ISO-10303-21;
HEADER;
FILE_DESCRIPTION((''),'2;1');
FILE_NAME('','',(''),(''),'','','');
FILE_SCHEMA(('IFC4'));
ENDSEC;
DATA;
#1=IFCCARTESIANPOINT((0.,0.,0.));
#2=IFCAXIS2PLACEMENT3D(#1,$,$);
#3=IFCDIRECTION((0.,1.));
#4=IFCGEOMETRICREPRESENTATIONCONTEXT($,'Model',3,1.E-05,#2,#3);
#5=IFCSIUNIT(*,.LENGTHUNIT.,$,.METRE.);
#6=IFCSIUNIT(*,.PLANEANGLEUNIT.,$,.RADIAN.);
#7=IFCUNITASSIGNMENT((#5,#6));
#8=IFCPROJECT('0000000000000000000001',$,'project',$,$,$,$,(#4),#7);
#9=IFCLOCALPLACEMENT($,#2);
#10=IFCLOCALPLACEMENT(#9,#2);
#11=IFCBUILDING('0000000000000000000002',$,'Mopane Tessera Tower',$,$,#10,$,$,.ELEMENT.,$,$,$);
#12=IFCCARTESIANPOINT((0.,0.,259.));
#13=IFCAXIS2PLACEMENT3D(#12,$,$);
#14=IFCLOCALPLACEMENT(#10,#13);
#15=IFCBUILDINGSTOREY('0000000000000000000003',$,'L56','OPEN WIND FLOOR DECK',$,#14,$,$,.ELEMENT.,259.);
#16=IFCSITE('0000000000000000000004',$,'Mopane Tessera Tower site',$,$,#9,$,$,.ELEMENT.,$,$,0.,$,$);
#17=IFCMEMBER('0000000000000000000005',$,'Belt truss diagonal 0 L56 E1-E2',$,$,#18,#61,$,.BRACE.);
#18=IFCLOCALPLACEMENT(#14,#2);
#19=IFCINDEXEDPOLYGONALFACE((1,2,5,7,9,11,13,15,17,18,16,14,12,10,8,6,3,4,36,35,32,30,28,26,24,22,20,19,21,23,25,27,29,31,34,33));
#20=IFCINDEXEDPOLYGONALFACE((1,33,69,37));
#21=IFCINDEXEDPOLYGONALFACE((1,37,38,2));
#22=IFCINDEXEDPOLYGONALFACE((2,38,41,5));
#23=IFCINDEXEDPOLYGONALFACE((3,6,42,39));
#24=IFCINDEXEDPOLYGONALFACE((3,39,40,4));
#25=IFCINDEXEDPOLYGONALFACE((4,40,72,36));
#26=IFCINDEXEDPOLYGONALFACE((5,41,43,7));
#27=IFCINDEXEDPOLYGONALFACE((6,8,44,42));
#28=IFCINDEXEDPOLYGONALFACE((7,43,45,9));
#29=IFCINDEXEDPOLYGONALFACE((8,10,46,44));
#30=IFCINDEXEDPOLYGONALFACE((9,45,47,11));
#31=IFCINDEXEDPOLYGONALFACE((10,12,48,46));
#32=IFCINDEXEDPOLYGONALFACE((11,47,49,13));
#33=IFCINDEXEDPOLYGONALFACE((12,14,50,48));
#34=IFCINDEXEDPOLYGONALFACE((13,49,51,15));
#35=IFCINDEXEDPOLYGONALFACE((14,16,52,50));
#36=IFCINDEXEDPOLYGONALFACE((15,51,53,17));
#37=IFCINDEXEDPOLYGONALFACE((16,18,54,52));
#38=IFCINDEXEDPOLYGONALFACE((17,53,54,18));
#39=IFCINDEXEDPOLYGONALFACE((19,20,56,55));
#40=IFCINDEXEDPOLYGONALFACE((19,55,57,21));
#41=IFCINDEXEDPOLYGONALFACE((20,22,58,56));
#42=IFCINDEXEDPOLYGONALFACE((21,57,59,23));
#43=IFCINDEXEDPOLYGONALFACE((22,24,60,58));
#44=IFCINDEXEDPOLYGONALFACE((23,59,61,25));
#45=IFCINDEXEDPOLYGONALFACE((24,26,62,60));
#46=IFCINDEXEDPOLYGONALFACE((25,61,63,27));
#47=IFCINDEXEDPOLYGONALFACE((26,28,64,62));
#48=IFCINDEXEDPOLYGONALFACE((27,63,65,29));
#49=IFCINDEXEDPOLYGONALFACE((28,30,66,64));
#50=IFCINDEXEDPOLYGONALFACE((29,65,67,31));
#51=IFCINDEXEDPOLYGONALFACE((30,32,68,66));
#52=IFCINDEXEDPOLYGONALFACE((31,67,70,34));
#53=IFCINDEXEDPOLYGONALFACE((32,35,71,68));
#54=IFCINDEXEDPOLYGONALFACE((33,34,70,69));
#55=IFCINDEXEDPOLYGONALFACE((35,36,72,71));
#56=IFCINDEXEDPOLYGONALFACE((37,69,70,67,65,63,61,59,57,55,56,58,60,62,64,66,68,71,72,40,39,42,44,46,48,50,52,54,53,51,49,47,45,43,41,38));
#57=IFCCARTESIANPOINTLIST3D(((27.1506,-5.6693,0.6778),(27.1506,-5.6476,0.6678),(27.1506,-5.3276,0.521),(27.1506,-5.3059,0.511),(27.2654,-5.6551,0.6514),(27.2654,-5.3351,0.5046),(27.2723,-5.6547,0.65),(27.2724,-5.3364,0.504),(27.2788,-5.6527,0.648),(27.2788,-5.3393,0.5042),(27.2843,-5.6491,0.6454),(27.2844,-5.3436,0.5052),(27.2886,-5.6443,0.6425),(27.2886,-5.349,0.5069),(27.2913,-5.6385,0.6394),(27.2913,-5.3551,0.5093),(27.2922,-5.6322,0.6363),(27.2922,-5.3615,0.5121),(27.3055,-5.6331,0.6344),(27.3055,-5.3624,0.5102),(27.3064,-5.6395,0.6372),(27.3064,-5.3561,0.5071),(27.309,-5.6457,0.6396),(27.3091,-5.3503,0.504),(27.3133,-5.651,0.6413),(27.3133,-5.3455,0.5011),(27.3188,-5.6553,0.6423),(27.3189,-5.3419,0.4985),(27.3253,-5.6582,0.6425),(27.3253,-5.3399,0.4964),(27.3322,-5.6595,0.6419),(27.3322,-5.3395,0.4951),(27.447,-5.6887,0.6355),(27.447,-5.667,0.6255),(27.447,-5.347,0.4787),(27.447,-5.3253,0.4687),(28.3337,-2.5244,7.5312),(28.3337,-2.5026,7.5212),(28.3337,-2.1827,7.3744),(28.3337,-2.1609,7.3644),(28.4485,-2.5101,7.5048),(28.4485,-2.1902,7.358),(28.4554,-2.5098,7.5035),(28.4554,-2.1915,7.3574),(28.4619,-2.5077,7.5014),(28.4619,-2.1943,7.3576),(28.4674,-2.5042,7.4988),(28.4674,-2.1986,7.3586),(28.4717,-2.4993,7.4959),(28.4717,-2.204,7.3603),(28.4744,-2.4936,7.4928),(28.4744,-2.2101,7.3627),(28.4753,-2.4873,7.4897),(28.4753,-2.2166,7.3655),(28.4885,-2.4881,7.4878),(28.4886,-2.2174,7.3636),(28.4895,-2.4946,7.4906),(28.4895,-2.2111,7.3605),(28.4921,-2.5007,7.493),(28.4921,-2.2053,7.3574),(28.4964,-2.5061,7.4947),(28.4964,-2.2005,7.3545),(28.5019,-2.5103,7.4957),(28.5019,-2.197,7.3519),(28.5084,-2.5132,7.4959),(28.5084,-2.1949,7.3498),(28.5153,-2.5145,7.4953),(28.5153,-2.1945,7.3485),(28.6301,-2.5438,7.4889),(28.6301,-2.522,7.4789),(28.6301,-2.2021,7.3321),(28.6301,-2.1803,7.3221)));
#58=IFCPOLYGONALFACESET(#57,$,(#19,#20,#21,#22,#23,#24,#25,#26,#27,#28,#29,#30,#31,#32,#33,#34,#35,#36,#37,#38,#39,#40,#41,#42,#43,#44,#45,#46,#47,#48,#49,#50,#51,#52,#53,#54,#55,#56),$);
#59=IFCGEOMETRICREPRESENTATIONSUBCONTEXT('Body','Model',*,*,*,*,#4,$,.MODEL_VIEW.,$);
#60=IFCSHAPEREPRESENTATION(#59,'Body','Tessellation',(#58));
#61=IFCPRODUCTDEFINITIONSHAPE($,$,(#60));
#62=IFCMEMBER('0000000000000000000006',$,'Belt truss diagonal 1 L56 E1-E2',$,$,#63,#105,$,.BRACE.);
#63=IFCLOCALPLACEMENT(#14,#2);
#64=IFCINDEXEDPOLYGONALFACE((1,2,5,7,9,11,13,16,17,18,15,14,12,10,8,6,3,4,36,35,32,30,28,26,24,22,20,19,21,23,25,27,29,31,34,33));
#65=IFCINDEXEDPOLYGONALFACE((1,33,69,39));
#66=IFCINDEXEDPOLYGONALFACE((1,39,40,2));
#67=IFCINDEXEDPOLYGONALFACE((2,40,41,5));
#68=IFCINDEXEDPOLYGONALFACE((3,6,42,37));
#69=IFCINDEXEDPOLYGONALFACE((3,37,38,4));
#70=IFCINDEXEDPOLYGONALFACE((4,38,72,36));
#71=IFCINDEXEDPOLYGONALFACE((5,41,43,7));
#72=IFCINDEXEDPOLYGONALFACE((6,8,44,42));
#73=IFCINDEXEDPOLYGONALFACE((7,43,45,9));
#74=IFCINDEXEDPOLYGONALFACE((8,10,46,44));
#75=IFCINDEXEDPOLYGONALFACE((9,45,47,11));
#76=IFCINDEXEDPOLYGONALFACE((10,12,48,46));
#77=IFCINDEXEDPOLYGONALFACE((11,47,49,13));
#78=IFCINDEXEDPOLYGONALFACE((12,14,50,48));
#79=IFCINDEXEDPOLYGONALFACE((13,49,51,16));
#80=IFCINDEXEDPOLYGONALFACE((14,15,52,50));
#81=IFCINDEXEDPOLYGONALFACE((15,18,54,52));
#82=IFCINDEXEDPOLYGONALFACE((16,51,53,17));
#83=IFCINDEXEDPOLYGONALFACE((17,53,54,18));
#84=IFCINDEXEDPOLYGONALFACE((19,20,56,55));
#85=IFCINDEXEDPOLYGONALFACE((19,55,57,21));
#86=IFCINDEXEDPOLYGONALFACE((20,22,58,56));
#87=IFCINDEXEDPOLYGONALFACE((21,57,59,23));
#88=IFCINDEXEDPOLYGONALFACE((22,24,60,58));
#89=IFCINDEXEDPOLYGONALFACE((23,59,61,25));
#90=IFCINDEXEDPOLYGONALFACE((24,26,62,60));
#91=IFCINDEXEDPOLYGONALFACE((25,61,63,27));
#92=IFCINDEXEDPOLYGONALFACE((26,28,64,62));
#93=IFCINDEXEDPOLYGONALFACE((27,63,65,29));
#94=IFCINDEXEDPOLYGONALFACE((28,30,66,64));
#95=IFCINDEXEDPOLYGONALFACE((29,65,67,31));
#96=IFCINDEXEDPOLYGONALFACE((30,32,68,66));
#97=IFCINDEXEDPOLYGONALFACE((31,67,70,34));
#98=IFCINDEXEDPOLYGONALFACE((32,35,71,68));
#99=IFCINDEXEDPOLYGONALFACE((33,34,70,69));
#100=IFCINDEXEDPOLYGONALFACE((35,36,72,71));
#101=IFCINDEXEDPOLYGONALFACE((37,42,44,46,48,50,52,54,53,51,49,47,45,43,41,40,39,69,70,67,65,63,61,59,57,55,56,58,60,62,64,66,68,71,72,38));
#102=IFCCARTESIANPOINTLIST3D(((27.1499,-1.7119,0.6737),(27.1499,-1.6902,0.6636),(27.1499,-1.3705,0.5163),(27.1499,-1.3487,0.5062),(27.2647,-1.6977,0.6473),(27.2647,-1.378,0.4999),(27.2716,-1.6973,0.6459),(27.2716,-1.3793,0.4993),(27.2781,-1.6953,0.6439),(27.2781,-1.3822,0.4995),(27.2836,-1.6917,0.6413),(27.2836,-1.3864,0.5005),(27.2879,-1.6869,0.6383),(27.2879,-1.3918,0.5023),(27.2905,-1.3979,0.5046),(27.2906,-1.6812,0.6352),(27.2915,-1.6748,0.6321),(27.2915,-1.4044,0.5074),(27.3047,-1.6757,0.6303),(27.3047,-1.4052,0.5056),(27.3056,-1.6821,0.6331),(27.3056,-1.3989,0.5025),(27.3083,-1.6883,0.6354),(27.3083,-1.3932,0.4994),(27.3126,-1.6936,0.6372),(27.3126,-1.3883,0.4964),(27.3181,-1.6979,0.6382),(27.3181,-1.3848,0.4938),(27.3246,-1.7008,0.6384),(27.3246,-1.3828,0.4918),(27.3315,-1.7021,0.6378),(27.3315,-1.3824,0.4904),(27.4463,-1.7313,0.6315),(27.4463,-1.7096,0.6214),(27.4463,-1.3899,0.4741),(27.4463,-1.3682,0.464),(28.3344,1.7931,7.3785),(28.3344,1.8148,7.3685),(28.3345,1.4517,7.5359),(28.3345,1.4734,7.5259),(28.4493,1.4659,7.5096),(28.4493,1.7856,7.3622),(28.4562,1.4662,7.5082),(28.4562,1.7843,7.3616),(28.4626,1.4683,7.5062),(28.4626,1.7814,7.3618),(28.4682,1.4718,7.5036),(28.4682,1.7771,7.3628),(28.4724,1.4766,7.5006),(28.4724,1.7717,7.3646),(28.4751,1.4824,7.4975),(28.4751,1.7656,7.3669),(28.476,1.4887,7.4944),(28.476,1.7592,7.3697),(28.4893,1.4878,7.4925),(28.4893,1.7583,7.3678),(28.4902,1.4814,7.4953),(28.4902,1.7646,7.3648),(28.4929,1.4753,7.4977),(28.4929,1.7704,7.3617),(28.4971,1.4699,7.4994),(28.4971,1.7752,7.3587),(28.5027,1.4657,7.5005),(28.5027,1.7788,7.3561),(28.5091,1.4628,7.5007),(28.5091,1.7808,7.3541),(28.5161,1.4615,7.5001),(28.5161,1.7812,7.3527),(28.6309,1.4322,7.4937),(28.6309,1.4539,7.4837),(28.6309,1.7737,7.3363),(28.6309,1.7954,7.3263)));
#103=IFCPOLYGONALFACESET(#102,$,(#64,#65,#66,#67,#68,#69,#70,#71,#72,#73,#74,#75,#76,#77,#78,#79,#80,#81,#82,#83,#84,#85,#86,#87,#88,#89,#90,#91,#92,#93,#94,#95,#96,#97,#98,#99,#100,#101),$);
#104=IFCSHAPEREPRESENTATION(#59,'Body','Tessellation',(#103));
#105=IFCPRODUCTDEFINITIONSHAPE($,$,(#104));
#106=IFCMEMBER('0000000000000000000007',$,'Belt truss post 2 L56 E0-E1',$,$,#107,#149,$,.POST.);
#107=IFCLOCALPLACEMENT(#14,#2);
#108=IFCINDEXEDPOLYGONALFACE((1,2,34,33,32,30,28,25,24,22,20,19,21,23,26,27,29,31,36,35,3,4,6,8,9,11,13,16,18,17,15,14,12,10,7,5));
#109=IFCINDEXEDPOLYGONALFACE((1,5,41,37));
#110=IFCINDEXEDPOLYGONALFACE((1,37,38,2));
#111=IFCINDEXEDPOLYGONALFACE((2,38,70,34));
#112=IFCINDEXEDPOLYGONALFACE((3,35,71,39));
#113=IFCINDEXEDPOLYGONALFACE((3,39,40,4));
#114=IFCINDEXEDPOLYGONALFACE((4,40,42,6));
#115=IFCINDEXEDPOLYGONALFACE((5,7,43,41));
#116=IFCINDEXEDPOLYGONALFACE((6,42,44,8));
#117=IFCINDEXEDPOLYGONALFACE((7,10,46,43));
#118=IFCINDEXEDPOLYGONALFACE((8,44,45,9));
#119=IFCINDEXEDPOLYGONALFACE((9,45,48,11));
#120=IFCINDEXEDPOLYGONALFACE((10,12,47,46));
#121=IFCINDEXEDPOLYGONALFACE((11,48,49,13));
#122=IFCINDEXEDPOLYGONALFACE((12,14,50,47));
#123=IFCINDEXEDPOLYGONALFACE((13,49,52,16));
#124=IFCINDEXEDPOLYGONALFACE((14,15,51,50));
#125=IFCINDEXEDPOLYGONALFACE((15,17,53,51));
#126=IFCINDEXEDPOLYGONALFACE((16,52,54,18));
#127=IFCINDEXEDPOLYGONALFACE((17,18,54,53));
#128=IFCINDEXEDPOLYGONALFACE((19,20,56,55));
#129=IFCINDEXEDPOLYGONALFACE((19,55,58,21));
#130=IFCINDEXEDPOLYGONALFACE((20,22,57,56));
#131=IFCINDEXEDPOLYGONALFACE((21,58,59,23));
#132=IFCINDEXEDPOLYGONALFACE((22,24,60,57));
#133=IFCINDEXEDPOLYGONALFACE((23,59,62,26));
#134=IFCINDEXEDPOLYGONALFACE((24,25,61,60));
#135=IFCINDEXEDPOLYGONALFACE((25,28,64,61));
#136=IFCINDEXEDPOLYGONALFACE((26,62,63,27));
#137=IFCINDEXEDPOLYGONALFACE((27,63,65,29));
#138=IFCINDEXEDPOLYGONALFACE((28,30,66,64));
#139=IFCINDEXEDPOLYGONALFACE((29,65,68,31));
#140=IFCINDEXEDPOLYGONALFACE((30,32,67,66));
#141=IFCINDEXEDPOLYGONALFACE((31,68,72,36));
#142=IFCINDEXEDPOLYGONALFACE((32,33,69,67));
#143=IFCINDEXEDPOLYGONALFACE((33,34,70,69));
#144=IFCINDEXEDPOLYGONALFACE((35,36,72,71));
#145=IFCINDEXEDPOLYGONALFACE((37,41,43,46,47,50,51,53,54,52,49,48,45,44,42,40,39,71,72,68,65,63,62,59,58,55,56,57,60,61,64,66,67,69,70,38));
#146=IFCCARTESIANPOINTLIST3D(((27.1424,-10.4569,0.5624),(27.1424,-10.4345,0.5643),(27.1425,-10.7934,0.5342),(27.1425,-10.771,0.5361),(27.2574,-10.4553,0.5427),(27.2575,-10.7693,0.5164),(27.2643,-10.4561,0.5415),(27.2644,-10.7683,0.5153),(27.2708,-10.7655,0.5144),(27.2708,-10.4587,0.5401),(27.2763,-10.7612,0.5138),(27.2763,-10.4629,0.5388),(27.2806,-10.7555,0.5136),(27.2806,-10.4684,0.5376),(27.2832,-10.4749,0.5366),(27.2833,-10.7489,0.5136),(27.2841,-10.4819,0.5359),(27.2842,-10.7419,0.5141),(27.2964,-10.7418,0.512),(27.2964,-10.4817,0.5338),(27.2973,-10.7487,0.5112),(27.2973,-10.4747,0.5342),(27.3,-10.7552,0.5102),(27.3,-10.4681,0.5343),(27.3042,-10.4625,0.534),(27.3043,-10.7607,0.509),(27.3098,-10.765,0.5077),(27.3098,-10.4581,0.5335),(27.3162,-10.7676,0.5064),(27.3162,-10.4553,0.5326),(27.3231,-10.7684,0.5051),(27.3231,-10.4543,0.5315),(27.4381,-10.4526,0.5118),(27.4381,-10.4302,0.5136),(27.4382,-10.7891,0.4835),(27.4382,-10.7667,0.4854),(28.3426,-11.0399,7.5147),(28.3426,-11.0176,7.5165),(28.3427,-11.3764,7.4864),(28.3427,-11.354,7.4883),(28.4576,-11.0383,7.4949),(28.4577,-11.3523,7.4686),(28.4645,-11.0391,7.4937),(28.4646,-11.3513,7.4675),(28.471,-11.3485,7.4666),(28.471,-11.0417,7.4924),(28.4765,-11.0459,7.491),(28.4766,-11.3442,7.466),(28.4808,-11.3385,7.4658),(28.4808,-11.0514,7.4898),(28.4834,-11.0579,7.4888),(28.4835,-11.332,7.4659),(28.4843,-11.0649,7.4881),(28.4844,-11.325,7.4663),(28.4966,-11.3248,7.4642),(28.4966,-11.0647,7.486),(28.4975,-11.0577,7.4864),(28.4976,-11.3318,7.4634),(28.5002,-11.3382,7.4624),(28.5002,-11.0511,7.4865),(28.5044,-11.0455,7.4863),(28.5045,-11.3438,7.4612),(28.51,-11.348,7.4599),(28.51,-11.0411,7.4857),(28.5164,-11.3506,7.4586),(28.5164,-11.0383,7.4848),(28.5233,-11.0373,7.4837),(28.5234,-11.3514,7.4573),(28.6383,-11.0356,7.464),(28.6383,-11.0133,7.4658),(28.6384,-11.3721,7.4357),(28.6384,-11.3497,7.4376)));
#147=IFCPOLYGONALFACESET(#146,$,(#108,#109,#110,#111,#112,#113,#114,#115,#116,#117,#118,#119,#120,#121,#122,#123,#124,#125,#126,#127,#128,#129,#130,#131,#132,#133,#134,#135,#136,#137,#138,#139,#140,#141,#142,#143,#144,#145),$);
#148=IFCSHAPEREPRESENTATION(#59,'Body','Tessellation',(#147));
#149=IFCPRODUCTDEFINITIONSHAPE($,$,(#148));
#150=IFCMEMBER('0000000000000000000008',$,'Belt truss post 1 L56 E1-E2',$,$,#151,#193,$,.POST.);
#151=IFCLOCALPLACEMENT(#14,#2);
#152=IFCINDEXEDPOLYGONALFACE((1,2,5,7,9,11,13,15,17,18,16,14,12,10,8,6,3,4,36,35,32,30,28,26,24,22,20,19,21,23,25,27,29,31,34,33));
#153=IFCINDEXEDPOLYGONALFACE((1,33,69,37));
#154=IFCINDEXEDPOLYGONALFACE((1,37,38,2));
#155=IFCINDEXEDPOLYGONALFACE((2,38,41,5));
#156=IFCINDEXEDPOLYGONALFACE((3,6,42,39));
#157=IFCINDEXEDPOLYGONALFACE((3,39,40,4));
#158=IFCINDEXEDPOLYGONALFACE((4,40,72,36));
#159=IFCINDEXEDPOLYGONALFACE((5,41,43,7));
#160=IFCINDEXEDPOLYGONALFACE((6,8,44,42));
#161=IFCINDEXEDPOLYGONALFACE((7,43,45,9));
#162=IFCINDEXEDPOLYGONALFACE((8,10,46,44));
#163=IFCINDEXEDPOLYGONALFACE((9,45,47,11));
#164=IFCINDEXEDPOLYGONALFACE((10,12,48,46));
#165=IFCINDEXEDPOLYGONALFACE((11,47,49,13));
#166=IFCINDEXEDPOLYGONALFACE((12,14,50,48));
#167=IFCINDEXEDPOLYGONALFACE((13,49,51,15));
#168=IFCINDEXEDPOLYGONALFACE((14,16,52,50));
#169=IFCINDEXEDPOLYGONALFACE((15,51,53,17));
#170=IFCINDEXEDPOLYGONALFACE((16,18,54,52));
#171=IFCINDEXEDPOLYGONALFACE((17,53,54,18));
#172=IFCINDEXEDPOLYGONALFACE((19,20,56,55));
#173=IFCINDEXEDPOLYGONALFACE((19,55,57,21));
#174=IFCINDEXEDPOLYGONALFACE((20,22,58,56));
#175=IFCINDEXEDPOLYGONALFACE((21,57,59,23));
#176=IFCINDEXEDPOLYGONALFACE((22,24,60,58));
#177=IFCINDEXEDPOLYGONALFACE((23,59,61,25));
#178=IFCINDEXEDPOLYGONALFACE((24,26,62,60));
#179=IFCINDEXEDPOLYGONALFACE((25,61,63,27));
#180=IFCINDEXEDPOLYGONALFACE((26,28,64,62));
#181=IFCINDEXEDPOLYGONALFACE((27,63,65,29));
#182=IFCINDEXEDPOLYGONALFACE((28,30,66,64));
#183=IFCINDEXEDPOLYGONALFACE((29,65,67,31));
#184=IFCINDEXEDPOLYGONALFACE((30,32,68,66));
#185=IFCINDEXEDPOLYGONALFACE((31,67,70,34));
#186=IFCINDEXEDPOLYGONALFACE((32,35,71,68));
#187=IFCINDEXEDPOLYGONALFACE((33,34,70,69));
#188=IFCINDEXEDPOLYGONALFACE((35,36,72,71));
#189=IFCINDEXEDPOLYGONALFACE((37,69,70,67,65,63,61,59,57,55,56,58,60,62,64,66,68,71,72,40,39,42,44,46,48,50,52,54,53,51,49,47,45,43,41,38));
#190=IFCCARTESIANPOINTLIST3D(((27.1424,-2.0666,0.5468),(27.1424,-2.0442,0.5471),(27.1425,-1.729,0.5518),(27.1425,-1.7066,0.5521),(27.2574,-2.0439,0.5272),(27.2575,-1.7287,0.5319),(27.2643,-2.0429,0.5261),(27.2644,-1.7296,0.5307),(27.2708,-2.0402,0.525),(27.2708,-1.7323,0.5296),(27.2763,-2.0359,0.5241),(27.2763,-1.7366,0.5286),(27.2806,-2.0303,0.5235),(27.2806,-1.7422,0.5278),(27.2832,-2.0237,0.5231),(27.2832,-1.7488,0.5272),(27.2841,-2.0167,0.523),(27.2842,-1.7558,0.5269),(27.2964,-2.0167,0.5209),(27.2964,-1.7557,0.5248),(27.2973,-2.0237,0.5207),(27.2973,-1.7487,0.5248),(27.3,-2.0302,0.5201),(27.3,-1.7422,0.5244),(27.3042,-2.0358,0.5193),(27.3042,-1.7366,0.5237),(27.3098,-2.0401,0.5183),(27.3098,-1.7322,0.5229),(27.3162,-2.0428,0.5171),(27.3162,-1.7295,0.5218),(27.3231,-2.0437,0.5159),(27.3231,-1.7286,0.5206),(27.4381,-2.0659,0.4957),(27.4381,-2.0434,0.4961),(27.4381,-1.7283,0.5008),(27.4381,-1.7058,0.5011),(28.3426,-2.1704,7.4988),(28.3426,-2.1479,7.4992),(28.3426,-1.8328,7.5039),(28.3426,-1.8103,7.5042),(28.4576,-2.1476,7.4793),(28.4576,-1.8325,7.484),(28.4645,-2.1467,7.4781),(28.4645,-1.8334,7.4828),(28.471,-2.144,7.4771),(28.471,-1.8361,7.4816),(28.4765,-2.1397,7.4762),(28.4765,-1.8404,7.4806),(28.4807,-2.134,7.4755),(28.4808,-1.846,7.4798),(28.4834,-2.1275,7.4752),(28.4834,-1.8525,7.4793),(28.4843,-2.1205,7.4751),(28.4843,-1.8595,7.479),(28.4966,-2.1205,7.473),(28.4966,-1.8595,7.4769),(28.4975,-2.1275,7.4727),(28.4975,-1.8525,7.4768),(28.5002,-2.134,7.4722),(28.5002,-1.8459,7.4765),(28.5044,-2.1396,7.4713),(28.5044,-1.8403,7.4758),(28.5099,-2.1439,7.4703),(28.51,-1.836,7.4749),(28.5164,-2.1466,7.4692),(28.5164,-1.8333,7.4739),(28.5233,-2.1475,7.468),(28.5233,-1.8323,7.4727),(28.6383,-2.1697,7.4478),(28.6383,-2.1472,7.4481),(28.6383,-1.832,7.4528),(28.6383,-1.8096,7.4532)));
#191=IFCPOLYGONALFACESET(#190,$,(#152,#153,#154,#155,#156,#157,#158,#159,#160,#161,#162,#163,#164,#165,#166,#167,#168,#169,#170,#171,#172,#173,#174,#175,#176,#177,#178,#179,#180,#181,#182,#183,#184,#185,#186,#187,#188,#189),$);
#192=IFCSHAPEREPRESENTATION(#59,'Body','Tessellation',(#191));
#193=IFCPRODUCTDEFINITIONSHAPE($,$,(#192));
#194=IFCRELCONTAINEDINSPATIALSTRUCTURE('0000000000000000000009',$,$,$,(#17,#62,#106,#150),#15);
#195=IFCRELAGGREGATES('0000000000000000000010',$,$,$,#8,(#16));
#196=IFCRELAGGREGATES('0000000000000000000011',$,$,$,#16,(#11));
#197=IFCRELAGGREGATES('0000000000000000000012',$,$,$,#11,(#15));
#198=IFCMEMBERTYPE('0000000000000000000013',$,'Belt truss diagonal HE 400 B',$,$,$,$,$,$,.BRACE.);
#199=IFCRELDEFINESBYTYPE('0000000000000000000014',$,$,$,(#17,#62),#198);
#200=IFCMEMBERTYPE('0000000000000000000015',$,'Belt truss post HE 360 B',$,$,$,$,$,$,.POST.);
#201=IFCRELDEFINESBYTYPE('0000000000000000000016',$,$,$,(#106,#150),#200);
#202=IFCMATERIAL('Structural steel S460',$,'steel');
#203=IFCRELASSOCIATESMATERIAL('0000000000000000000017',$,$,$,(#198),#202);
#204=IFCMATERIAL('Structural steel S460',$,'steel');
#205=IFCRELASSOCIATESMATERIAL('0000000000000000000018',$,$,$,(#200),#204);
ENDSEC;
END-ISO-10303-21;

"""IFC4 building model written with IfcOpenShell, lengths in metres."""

from ifc_helpers import new_model, si_unit, direction, frame, origin, origin_2d, place, context, subcontext, project, spatial, i_section, extrude, material, material_profile, profile_set, type_object, element, save


model = new_model("IFC4")

# Units and contexts
model_context = context("Model", 3, precision=1e-05, world=origin(), true_north=direction((0.0, 1.0)))
body_context = subcontext(model_context, "Body", "Model", "MODEL_VIEW")
ifc_project = project(units=[si_unit("LENGTHUNIT", "METRE"), si_unit("PLANEANGLEUNIT", "RADIAN")], contexts=[model_context])

# Site, building, storey
site_placement = place(None, origin())
site = spatial("IfcSite", under=ifc_project, at=site_placement, Name="Mopane Tessera Tower site", CompositionType="ELEMENT", RefElevation=0.0)
building_placement = place(site_placement, origin())
building = spatial("IfcBuilding", under=site, at=building_placement, Name="Mopane Tessera Tower", CompositionType="ELEMENT")
storey_placement = place(building_placement, frame((0.0, 0.0, 259.0)))
storey = spatial("IfcBuildingStorey", under=building, at=storey_placement, Name="L56", Description="OPEN WIND FLOOR DECK", CompositionType="ELEMENT", Elevation=259.0)

# Members
ifc_material_1 = material(Name="Structural steel S460", Category="steel")
ifc_material_profile_1 = material_profile(ifc_material_1, i_section(OverallWidth=0.3, OverallDepth=0.3999, WebThickness=0.0134, FlangeThickness=0.0239, FilletRadius=0.0271, at=origin_2d()))
ifc_profile_set_1 = profile_set([ifc_material_profile_1], Name="Structural steel S460")
member_type_1 = type_object("IfcMemberType", Name="Belt truss diagonal HE 400 B", PredefinedType="BRACE", material=ifc_profile_set_1)
member_1_placement = place(storey_placement, frame((27.2988, -5.4973, 0.5732), z_axis=(0.155, 0.412033, 0.897888), x_axis=(-0.987914, 0.064682, 0.140859)))
element("IfcMember", 1, at=member_1_placement, inside=storey, type_object=member_type_1, Name="Belt truss diagonal 0 L56 E1-E2", PredefinedType="BRACE", context=body_context, shape_type="SweptSolid", body=[
    extrude(i_section(OverallWidth=0.3, OverallDepth=0.3999, WebThickness=0.0134, FlangeThickness=0.0239, FilletRadius=0.0271, at=origin_2d()), origin(), (0.0, 0.0, 1.0), 7.6328),
])
member_2_placement = place(storey_placement, frame((27.2981, -1.54, 0.5688), z_axis=(0.154872, 0.413609, 0.897186), x_axis=(-0.987935, 0.064825, 0.140652)))
element("IfcMember", 2, at=member_2_placement, inside=storey, type_object=member_type_1, Name="Belt truss diagonal 1 L56 E1-E2", PredefinedType="BRACE", context=body_context, shape_type="SweptSolid", body=[
    extrude(i_section(OverallWidth=0.3, OverallDepth=0.3999, WebThickness=0.0134, FlangeThickness=0.0239, FilletRadius=0.0271, at=origin_2d()), origin(), (0.0, 0.0, 1.0), 7.6487),
])
ifc_material_2 = material(Name="Structural steel S460", Category="steel")
ifc_material_profile_2 = material_profile(ifc_material_2, i_section(OverallWidth=0.3, OverallDepth=0.3601, WebThickness=0.0125, FlangeThickness=0.0225, FilletRadius=0.0271, at=origin_2d()))
ifc_profile_set_2 = profile_set([ifc_material_profile_2], Name="Structural steel S460")
member_type_2 = type_object("IfcMemberType", Name="Belt truss post HE 360 B", PredefinedType="POST", material=ifc_profile_set_2)
member_3_placement = place(storey_placement, frame((27.2903, -10.6118, 0.5239), z_axis=(0.169542, -0.082357, 0.982076), x_axis=(-0.985523, -0.014304, 0.168938)))
element("IfcMember", 3, at=member_3_placement, inside=storey, type_object=member_type_2, Name="Belt truss post 2 L56 E0-E1", PredefinedType="POST", context=body_context, shape_type="SweptSolid", body=[
    extrude(i_section(OverallWidth=0.3, OverallDepth=0.3601, WebThickness=0.0125, FlangeThickness=0.0225, FilletRadius=0.0271, at=origin_2d()), origin(), (0.0, 0.0, 1.0), 7.0791),
])
member_4_placement = place(storey_placement, frame((27.2903, -1.8862, 0.5239), z_axis=(0.170102, -0.014706, 0.985317), x_axis=(-0.985427, -0.002474, 0.170084)))
element("IfcMember", 4, at=member_4_placement, inside=storey, type_object=member_type_2, Name="Belt truss post 1 L56 E1-E2", PredefinedType="POST", context=body_context, shape_type="SweptSolid", body=[
    extrude(i_section(OverallWidth=0.3, OverallDepth=0.3601, WebThickness=0.0125, FlangeThickness=0.0225, FilletRadius=0.0271, at=origin_2d()), origin(), (0.0, 0.0, 1.0), 7.0557),
])

save(model, "model.ifc")
